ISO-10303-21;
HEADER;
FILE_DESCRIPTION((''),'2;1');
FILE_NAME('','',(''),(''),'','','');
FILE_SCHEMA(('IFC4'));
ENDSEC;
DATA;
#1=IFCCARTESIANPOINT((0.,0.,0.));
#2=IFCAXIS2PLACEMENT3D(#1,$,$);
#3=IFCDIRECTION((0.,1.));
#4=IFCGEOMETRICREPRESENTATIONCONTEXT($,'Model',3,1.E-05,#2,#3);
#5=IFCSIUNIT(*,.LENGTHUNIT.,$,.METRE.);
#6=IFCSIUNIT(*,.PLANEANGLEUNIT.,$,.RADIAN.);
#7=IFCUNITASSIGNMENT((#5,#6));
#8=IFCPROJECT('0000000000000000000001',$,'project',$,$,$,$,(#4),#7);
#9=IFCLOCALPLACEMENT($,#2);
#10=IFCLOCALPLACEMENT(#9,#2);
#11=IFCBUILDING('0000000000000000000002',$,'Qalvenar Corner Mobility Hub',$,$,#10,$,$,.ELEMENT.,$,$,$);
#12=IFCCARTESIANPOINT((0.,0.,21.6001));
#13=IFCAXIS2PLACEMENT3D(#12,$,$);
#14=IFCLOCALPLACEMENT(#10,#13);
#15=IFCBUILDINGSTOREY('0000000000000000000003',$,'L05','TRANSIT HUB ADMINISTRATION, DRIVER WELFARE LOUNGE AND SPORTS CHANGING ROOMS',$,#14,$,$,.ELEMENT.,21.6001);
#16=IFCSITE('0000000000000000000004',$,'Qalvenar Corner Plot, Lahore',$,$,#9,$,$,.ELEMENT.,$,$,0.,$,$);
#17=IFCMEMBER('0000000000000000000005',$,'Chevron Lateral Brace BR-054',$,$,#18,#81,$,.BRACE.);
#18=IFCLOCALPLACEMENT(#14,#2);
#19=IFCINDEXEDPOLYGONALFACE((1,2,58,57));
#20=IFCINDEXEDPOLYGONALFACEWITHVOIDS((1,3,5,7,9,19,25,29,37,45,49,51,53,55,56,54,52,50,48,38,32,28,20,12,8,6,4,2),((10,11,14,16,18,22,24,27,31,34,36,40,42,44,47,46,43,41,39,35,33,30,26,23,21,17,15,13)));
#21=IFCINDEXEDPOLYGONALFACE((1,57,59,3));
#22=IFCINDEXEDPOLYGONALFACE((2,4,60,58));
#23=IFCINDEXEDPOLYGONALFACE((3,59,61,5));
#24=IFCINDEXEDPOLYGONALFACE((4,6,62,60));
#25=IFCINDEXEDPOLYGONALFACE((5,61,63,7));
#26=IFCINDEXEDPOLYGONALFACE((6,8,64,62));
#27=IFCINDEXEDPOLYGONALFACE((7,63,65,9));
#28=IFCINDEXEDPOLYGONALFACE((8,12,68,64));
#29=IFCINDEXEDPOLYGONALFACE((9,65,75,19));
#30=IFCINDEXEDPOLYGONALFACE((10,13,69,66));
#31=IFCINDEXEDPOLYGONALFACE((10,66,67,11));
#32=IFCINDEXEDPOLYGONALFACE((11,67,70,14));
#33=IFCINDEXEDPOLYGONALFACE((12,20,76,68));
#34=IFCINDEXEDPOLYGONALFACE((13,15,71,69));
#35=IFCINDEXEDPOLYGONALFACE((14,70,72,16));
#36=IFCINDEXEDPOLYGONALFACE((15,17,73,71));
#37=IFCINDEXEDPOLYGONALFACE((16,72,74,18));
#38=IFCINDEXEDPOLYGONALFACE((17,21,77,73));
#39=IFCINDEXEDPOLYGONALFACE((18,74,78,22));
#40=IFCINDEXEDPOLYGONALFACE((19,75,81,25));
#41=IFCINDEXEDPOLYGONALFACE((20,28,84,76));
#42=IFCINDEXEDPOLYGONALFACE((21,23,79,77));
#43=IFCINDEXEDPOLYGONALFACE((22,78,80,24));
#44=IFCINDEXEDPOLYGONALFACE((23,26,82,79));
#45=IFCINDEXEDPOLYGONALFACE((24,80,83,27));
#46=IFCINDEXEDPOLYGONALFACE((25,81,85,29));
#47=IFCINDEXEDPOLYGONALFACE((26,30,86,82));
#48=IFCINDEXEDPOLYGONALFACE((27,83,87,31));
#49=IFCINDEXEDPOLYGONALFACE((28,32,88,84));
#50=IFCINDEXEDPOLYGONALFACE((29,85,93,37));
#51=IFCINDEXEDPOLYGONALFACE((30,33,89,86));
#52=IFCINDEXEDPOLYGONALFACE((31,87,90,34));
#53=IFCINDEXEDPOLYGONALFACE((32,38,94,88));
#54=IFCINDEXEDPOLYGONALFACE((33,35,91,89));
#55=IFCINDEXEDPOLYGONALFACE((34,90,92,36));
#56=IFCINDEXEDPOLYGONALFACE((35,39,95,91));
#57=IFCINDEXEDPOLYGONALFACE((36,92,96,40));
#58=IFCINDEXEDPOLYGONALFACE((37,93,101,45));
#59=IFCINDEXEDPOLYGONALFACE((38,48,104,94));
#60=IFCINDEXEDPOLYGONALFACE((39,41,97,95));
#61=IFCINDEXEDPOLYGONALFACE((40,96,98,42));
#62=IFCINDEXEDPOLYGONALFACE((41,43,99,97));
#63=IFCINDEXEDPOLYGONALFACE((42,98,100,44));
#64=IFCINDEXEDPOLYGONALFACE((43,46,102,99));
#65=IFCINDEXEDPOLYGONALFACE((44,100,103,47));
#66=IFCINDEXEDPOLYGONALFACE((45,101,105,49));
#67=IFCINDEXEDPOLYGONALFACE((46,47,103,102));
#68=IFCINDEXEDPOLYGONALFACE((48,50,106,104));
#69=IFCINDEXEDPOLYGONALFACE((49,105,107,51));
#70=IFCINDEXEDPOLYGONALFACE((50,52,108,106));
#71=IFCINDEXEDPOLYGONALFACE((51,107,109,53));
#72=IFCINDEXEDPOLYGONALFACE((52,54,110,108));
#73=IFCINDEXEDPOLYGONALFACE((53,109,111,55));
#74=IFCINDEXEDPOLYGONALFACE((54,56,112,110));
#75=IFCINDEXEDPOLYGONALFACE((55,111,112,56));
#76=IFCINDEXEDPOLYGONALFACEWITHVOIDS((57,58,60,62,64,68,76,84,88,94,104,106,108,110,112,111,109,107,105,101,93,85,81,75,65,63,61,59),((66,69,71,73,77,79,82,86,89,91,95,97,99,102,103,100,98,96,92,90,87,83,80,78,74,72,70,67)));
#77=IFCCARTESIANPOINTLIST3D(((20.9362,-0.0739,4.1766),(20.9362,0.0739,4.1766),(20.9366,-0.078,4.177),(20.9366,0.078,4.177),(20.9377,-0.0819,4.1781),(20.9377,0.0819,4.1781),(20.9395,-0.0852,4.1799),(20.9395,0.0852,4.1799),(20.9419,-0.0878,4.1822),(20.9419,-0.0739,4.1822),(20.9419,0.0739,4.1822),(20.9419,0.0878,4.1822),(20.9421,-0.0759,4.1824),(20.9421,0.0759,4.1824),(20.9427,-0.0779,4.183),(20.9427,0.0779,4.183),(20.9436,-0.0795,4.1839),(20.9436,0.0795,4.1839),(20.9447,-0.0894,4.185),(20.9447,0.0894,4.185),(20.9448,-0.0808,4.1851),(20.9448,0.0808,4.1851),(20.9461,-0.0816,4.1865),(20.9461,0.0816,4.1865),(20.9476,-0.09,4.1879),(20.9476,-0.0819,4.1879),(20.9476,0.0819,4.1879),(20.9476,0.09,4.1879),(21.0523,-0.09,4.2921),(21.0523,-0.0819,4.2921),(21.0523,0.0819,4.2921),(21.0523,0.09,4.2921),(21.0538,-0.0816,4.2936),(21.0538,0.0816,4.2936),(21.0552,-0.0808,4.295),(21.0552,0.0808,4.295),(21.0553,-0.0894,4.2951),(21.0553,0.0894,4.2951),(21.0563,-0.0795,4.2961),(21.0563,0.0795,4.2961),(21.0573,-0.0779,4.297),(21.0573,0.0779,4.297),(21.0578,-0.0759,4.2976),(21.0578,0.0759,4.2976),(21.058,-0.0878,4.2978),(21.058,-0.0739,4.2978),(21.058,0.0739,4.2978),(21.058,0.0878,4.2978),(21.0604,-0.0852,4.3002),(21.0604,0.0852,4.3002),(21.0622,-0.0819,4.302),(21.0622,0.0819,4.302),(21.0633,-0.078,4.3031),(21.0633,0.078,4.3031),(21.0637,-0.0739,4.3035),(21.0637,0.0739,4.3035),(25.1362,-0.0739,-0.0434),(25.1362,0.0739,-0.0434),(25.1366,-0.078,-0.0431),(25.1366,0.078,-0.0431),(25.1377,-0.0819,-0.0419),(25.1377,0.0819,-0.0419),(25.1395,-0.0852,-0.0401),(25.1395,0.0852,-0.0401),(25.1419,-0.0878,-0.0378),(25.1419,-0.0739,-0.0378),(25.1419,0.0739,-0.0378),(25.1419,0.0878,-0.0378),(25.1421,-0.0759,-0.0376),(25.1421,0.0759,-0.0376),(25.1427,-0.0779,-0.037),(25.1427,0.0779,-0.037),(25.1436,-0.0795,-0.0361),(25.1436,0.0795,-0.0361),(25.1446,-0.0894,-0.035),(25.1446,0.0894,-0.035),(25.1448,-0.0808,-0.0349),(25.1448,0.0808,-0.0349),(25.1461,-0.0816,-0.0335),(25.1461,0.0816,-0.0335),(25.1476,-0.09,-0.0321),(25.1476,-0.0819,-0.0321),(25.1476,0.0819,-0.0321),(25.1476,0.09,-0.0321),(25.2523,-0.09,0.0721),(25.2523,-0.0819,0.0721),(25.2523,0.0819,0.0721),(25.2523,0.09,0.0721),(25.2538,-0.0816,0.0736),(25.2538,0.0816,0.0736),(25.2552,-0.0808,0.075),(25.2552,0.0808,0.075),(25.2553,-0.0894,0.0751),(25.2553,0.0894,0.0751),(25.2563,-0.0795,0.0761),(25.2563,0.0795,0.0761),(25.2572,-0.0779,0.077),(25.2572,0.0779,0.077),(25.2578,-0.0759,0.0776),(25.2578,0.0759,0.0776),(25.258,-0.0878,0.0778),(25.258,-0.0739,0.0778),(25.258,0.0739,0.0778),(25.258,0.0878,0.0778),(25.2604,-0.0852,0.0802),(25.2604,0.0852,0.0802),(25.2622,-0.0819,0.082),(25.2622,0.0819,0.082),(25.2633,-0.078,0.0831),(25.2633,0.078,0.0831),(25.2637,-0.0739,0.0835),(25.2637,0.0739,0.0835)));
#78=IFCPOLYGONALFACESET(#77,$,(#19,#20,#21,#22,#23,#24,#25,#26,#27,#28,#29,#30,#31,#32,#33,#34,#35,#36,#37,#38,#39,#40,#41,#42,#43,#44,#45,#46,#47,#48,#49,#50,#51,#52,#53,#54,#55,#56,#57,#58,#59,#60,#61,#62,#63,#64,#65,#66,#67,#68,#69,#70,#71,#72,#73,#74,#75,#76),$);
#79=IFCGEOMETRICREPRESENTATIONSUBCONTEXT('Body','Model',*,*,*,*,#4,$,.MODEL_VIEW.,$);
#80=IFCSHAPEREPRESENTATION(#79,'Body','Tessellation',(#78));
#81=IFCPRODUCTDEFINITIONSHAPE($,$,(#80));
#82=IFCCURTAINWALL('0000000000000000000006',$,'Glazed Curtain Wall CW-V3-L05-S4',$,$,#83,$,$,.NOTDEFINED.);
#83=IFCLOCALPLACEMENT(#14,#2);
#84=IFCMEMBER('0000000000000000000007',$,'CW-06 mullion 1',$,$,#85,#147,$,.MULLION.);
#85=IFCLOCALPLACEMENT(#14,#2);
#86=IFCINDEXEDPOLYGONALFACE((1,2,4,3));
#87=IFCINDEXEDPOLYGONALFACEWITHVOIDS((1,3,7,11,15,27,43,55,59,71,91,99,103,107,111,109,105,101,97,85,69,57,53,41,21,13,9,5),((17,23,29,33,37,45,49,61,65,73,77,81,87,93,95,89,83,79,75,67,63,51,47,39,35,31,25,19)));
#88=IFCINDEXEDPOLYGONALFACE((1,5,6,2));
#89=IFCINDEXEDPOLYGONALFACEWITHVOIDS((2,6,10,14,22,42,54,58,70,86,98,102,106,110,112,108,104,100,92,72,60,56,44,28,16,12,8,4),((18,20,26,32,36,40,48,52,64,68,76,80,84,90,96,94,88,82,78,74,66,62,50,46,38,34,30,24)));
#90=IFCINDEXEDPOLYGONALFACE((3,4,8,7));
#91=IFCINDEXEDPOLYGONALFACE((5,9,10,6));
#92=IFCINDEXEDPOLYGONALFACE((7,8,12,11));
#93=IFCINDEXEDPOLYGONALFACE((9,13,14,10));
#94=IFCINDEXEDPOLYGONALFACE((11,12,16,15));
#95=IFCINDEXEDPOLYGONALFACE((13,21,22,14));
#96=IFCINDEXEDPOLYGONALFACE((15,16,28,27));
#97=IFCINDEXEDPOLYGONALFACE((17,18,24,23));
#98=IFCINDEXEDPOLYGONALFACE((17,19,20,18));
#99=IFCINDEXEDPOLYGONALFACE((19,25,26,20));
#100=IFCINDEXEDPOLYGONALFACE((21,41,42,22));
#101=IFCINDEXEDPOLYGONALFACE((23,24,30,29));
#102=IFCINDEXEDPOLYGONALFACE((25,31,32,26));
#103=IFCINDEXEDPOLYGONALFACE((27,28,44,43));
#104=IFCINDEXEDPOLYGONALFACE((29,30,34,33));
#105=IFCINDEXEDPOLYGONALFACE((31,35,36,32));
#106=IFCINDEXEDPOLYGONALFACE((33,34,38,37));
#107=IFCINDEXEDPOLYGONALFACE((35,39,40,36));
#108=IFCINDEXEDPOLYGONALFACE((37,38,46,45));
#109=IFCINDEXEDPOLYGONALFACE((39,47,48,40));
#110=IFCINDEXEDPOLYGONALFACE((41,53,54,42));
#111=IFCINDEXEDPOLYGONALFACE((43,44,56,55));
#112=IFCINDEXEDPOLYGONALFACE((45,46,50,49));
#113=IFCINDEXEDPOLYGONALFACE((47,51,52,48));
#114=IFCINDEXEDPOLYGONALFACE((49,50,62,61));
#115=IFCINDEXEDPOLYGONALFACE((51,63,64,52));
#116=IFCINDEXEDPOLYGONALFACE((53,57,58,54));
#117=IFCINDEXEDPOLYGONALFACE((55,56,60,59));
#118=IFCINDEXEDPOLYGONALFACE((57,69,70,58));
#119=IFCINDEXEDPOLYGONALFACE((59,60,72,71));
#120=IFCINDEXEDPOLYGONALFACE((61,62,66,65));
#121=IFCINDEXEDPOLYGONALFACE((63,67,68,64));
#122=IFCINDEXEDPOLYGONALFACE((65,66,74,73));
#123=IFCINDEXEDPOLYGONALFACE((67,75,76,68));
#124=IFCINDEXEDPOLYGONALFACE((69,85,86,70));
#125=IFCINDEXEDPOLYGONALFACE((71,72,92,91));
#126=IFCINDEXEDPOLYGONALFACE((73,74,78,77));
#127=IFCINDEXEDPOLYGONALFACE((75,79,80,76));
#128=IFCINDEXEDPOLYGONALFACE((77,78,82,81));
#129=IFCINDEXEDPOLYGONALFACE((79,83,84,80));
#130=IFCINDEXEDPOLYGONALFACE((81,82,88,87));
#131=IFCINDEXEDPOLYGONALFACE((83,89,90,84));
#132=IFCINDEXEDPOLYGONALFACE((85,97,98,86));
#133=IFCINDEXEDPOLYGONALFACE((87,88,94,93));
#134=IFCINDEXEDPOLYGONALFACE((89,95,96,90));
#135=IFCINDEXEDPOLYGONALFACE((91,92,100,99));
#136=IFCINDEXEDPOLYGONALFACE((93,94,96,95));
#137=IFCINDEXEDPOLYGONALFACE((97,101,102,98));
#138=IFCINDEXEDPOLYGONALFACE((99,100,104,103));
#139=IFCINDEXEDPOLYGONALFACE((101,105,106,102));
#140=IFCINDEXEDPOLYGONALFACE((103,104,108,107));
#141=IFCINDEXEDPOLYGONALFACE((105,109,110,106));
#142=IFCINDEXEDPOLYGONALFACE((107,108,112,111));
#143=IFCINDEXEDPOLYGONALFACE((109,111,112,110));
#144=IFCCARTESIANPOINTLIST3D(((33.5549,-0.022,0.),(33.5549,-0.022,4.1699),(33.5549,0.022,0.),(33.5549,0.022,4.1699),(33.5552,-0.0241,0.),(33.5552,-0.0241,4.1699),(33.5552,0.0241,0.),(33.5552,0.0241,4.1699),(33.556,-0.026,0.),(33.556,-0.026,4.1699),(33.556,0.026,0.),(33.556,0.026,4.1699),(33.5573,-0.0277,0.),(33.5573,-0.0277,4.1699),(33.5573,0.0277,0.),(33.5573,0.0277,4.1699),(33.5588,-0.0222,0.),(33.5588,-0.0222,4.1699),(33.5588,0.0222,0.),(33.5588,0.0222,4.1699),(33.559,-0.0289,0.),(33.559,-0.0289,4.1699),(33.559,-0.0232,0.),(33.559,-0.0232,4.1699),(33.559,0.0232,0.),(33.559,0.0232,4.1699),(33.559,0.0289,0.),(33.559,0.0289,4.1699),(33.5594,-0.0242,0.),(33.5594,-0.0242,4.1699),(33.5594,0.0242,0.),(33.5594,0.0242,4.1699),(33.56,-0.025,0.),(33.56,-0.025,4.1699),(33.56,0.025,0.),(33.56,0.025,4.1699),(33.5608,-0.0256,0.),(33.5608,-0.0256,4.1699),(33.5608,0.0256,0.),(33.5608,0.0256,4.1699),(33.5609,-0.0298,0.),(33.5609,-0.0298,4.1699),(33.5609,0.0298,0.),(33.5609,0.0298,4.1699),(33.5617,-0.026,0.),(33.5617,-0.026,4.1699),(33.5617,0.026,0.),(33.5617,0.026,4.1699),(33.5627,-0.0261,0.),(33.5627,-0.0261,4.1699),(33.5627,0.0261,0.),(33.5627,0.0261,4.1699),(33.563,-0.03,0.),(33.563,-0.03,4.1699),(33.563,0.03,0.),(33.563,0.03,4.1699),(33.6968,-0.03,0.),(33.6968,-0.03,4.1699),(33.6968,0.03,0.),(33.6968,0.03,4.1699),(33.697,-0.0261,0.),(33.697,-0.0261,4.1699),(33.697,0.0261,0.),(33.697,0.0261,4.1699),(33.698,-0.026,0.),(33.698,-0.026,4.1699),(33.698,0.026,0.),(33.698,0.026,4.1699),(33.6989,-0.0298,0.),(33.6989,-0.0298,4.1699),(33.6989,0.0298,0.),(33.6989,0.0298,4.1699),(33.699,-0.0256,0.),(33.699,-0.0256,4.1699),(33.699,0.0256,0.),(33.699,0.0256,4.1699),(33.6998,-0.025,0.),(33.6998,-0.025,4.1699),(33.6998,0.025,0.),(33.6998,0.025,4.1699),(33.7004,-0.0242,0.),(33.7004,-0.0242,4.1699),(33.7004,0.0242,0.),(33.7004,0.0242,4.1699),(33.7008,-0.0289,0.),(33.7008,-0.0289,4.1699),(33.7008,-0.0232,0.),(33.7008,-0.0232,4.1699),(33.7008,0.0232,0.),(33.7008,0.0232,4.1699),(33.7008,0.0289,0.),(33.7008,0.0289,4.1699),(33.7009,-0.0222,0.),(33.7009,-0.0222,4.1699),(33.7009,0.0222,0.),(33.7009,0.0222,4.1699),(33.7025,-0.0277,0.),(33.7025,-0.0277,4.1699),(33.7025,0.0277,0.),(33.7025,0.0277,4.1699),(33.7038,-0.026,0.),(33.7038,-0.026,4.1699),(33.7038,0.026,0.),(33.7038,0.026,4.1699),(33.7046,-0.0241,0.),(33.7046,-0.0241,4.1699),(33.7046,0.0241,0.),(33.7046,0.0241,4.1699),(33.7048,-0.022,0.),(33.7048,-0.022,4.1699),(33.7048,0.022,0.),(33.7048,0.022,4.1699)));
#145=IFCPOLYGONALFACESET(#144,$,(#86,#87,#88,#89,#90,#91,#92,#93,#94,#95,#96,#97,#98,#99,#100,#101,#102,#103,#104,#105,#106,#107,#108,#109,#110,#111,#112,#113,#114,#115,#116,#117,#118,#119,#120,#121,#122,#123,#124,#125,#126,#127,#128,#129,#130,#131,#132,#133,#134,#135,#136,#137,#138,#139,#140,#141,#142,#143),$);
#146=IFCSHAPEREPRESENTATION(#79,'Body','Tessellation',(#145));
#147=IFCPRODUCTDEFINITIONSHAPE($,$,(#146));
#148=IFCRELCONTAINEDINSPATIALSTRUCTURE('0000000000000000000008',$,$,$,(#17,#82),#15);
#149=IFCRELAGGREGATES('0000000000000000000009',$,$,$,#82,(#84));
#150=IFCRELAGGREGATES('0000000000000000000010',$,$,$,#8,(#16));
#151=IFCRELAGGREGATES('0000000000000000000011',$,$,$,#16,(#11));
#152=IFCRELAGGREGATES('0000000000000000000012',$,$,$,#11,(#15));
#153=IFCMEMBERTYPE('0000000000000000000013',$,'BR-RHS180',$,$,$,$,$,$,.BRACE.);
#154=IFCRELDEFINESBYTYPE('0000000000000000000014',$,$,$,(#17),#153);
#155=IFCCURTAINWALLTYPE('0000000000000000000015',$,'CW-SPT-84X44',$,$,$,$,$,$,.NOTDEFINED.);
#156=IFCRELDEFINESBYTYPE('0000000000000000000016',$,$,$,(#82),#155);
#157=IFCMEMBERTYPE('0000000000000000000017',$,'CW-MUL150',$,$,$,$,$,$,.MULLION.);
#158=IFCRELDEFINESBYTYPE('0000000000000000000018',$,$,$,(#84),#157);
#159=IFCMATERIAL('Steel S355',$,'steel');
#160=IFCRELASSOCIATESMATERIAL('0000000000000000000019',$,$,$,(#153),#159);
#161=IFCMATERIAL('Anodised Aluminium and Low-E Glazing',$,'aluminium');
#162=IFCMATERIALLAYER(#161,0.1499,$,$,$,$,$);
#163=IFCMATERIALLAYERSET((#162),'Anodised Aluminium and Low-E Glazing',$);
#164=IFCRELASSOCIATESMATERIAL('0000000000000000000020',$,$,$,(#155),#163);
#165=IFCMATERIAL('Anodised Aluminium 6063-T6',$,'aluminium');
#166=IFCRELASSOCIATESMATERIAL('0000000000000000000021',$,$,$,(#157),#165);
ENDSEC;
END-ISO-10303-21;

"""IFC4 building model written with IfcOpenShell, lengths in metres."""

from ifc_helpers import new_model, si_unit, direction, frame, origin, origin_2d, place, context, subcontext, project, spatial, hollow_rectangle, extrude, material, layer, layer_set, material_profile, profile_set, type_object, element, aggregate, save


model = new_model("IFC4")

# Units and contexts
model_context = context("Model", 3, precision=1e-05, world=origin(), true_north=direction((0.0, 1.0)))
body_context = subcontext(model_context, "Body", "Model", "MODEL_VIEW")
ifc_project = project(units=[si_unit("LENGTHUNIT", "METRE"), si_unit("PLANEANGLEUNIT", "RADIAN")], contexts=[model_context])

# Site, building, storey
site_placement = place(None, origin())
site = spatial("IfcSite", under=ifc_project, at=site_placement, Name="Qalvenar Corner Plot, Lahore", CompositionType="ELEMENT", RefElevation=0.0)
building_placement = place(site_placement, origin())
building = spatial("IfcBuilding", under=site, at=building_placement, Name="Qalvenar Corner Mobility Hub", CompositionType="ELEMENT")
storey_placement = place(building_placement, frame((0.0, 0.0, 21.6001)))
storey = spatial("IfcBuildingStorey", under=building, at=storey_placement, Name="L05", Description="TRANSIT HUB ADMINISTRATION, DRIVER WELFARE LOUNGE AND SPORTS CHANGING ROOMS", CompositionType="ELEMENT", Elevation=21.6001)

# Shared definitions
ifc_material_1 = material(Name="Steel S355", Category="steel")

# Member
ifc_material_profile_1 = material_profile(ifc_material_1, hollow_rectangle(XDim=0.1799, YDim=0.1799, WallThickness=0.0081, InnerFilletRadius=0.0081, OuterFilletRadius=0.0161, at=origin_2d()), Name="SHS180x180x8")
ifc_profile_set_1 = profile_set([ifc_material_profile_1], Name="Steel S355")
member_type_1 = type_object("IfcMemberType", Name="BR-RHS180", PredefinedType="BRACE", material=ifc_profile_set_1)
member_1_placement = place(storey_placement, frame((25.2, 0.0, 0.02), z_axis=(-0.705424, 0.0, 0.708786), x_axis=(0.0, -1.0, 0.0)))
element("IfcMember", 1, at=member_1_placement, inside=storey, type_object=member_type_1, Name="Chevron Lateral Brace BR-054", PredefinedType="BRACE", context=body_context, shape_type="SweptSolid", body=[
    extrude(hollow_rectangle(XDim=0.1799, YDim=0.1799, WallThickness=0.0081, InnerFilletRadius=0.0081, OuterFilletRadius=0.0161, at=origin_2d()), origin(), (0.0, 0.0, 1.0), 5.9539),
])

# Curtain wall, member
ifc_material_2 = material(Name="Anodised Aluminium and Low-E Glazing", Category="aluminium")
ifc_layer_1 = layer(ifc_material_2, 0.1499)
ifc_layer_set_1 = layer_set([ifc_layer_1], Name="Anodised Aluminium and Low-E Glazing")
curtain_wall_type = type_object("IfcCurtainWallType", Name="CW-SPT-84X44", PredefinedType="NOTDEFINED", material=ifc_layer_set_1)
curtain_wall_placement = place(storey_placement, origin())
curtain_wall = element("IfcCurtainWall", 2, at=curtain_wall_placement, inside=storey, type_object=curtain_wall_type, Name="Glazed Curtain Wall CW-V3-L05-S4", PredefinedType="NOTDEFINED")
ifc_material_3 = material(Name="Anodised Aluminium 6063-T6", Category="aluminium")
ifc_material_profile_2 = material_profile(ifc_material_3, hollow_rectangle(XDim=0.0601, YDim=0.1499, WallThickness=0.0039, InnerFilletRadius=0.0039, OuterFilletRadius=0.0081, at=origin_2d()), Name="RHS150x60x4")
ifc_profile_set_2 = profile_set([ifc_material_profile_2], Name="Anodised Aluminium 6063-T6")
member_type_2 = type_object("IfcMemberType", Name="CW-MUL150", PredefinedType="MULLION", material=ifc_profile_set_2)
member_2_placement = place(storey_placement, frame((33.6299, 0.0, 0.0), z_axis=(0.0, 0.0, 1.0), x_axis=(0.0, 1.0, 0.0)))
member_2 = element("IfcMember", 3, at=member_2_placement, type_object=member_type_2, Name="CW-06 mullion 1", PredefinedType="MULLION", context=body_context, shape_type="SweptSolid", body=[
    extrude(hollow_rectangle(XDim=0.0601, YDim=0.1499, WallThickness=0.0039, InnerFilletRadius=0.0039, OuterFilletRadius=0.0081, at=origin_2d()), origin(), (0.0, 0.0, 1.0), 4.1699),
])
aggregate(curtain_wall, [member_2])

save(model, "model.ifc")
